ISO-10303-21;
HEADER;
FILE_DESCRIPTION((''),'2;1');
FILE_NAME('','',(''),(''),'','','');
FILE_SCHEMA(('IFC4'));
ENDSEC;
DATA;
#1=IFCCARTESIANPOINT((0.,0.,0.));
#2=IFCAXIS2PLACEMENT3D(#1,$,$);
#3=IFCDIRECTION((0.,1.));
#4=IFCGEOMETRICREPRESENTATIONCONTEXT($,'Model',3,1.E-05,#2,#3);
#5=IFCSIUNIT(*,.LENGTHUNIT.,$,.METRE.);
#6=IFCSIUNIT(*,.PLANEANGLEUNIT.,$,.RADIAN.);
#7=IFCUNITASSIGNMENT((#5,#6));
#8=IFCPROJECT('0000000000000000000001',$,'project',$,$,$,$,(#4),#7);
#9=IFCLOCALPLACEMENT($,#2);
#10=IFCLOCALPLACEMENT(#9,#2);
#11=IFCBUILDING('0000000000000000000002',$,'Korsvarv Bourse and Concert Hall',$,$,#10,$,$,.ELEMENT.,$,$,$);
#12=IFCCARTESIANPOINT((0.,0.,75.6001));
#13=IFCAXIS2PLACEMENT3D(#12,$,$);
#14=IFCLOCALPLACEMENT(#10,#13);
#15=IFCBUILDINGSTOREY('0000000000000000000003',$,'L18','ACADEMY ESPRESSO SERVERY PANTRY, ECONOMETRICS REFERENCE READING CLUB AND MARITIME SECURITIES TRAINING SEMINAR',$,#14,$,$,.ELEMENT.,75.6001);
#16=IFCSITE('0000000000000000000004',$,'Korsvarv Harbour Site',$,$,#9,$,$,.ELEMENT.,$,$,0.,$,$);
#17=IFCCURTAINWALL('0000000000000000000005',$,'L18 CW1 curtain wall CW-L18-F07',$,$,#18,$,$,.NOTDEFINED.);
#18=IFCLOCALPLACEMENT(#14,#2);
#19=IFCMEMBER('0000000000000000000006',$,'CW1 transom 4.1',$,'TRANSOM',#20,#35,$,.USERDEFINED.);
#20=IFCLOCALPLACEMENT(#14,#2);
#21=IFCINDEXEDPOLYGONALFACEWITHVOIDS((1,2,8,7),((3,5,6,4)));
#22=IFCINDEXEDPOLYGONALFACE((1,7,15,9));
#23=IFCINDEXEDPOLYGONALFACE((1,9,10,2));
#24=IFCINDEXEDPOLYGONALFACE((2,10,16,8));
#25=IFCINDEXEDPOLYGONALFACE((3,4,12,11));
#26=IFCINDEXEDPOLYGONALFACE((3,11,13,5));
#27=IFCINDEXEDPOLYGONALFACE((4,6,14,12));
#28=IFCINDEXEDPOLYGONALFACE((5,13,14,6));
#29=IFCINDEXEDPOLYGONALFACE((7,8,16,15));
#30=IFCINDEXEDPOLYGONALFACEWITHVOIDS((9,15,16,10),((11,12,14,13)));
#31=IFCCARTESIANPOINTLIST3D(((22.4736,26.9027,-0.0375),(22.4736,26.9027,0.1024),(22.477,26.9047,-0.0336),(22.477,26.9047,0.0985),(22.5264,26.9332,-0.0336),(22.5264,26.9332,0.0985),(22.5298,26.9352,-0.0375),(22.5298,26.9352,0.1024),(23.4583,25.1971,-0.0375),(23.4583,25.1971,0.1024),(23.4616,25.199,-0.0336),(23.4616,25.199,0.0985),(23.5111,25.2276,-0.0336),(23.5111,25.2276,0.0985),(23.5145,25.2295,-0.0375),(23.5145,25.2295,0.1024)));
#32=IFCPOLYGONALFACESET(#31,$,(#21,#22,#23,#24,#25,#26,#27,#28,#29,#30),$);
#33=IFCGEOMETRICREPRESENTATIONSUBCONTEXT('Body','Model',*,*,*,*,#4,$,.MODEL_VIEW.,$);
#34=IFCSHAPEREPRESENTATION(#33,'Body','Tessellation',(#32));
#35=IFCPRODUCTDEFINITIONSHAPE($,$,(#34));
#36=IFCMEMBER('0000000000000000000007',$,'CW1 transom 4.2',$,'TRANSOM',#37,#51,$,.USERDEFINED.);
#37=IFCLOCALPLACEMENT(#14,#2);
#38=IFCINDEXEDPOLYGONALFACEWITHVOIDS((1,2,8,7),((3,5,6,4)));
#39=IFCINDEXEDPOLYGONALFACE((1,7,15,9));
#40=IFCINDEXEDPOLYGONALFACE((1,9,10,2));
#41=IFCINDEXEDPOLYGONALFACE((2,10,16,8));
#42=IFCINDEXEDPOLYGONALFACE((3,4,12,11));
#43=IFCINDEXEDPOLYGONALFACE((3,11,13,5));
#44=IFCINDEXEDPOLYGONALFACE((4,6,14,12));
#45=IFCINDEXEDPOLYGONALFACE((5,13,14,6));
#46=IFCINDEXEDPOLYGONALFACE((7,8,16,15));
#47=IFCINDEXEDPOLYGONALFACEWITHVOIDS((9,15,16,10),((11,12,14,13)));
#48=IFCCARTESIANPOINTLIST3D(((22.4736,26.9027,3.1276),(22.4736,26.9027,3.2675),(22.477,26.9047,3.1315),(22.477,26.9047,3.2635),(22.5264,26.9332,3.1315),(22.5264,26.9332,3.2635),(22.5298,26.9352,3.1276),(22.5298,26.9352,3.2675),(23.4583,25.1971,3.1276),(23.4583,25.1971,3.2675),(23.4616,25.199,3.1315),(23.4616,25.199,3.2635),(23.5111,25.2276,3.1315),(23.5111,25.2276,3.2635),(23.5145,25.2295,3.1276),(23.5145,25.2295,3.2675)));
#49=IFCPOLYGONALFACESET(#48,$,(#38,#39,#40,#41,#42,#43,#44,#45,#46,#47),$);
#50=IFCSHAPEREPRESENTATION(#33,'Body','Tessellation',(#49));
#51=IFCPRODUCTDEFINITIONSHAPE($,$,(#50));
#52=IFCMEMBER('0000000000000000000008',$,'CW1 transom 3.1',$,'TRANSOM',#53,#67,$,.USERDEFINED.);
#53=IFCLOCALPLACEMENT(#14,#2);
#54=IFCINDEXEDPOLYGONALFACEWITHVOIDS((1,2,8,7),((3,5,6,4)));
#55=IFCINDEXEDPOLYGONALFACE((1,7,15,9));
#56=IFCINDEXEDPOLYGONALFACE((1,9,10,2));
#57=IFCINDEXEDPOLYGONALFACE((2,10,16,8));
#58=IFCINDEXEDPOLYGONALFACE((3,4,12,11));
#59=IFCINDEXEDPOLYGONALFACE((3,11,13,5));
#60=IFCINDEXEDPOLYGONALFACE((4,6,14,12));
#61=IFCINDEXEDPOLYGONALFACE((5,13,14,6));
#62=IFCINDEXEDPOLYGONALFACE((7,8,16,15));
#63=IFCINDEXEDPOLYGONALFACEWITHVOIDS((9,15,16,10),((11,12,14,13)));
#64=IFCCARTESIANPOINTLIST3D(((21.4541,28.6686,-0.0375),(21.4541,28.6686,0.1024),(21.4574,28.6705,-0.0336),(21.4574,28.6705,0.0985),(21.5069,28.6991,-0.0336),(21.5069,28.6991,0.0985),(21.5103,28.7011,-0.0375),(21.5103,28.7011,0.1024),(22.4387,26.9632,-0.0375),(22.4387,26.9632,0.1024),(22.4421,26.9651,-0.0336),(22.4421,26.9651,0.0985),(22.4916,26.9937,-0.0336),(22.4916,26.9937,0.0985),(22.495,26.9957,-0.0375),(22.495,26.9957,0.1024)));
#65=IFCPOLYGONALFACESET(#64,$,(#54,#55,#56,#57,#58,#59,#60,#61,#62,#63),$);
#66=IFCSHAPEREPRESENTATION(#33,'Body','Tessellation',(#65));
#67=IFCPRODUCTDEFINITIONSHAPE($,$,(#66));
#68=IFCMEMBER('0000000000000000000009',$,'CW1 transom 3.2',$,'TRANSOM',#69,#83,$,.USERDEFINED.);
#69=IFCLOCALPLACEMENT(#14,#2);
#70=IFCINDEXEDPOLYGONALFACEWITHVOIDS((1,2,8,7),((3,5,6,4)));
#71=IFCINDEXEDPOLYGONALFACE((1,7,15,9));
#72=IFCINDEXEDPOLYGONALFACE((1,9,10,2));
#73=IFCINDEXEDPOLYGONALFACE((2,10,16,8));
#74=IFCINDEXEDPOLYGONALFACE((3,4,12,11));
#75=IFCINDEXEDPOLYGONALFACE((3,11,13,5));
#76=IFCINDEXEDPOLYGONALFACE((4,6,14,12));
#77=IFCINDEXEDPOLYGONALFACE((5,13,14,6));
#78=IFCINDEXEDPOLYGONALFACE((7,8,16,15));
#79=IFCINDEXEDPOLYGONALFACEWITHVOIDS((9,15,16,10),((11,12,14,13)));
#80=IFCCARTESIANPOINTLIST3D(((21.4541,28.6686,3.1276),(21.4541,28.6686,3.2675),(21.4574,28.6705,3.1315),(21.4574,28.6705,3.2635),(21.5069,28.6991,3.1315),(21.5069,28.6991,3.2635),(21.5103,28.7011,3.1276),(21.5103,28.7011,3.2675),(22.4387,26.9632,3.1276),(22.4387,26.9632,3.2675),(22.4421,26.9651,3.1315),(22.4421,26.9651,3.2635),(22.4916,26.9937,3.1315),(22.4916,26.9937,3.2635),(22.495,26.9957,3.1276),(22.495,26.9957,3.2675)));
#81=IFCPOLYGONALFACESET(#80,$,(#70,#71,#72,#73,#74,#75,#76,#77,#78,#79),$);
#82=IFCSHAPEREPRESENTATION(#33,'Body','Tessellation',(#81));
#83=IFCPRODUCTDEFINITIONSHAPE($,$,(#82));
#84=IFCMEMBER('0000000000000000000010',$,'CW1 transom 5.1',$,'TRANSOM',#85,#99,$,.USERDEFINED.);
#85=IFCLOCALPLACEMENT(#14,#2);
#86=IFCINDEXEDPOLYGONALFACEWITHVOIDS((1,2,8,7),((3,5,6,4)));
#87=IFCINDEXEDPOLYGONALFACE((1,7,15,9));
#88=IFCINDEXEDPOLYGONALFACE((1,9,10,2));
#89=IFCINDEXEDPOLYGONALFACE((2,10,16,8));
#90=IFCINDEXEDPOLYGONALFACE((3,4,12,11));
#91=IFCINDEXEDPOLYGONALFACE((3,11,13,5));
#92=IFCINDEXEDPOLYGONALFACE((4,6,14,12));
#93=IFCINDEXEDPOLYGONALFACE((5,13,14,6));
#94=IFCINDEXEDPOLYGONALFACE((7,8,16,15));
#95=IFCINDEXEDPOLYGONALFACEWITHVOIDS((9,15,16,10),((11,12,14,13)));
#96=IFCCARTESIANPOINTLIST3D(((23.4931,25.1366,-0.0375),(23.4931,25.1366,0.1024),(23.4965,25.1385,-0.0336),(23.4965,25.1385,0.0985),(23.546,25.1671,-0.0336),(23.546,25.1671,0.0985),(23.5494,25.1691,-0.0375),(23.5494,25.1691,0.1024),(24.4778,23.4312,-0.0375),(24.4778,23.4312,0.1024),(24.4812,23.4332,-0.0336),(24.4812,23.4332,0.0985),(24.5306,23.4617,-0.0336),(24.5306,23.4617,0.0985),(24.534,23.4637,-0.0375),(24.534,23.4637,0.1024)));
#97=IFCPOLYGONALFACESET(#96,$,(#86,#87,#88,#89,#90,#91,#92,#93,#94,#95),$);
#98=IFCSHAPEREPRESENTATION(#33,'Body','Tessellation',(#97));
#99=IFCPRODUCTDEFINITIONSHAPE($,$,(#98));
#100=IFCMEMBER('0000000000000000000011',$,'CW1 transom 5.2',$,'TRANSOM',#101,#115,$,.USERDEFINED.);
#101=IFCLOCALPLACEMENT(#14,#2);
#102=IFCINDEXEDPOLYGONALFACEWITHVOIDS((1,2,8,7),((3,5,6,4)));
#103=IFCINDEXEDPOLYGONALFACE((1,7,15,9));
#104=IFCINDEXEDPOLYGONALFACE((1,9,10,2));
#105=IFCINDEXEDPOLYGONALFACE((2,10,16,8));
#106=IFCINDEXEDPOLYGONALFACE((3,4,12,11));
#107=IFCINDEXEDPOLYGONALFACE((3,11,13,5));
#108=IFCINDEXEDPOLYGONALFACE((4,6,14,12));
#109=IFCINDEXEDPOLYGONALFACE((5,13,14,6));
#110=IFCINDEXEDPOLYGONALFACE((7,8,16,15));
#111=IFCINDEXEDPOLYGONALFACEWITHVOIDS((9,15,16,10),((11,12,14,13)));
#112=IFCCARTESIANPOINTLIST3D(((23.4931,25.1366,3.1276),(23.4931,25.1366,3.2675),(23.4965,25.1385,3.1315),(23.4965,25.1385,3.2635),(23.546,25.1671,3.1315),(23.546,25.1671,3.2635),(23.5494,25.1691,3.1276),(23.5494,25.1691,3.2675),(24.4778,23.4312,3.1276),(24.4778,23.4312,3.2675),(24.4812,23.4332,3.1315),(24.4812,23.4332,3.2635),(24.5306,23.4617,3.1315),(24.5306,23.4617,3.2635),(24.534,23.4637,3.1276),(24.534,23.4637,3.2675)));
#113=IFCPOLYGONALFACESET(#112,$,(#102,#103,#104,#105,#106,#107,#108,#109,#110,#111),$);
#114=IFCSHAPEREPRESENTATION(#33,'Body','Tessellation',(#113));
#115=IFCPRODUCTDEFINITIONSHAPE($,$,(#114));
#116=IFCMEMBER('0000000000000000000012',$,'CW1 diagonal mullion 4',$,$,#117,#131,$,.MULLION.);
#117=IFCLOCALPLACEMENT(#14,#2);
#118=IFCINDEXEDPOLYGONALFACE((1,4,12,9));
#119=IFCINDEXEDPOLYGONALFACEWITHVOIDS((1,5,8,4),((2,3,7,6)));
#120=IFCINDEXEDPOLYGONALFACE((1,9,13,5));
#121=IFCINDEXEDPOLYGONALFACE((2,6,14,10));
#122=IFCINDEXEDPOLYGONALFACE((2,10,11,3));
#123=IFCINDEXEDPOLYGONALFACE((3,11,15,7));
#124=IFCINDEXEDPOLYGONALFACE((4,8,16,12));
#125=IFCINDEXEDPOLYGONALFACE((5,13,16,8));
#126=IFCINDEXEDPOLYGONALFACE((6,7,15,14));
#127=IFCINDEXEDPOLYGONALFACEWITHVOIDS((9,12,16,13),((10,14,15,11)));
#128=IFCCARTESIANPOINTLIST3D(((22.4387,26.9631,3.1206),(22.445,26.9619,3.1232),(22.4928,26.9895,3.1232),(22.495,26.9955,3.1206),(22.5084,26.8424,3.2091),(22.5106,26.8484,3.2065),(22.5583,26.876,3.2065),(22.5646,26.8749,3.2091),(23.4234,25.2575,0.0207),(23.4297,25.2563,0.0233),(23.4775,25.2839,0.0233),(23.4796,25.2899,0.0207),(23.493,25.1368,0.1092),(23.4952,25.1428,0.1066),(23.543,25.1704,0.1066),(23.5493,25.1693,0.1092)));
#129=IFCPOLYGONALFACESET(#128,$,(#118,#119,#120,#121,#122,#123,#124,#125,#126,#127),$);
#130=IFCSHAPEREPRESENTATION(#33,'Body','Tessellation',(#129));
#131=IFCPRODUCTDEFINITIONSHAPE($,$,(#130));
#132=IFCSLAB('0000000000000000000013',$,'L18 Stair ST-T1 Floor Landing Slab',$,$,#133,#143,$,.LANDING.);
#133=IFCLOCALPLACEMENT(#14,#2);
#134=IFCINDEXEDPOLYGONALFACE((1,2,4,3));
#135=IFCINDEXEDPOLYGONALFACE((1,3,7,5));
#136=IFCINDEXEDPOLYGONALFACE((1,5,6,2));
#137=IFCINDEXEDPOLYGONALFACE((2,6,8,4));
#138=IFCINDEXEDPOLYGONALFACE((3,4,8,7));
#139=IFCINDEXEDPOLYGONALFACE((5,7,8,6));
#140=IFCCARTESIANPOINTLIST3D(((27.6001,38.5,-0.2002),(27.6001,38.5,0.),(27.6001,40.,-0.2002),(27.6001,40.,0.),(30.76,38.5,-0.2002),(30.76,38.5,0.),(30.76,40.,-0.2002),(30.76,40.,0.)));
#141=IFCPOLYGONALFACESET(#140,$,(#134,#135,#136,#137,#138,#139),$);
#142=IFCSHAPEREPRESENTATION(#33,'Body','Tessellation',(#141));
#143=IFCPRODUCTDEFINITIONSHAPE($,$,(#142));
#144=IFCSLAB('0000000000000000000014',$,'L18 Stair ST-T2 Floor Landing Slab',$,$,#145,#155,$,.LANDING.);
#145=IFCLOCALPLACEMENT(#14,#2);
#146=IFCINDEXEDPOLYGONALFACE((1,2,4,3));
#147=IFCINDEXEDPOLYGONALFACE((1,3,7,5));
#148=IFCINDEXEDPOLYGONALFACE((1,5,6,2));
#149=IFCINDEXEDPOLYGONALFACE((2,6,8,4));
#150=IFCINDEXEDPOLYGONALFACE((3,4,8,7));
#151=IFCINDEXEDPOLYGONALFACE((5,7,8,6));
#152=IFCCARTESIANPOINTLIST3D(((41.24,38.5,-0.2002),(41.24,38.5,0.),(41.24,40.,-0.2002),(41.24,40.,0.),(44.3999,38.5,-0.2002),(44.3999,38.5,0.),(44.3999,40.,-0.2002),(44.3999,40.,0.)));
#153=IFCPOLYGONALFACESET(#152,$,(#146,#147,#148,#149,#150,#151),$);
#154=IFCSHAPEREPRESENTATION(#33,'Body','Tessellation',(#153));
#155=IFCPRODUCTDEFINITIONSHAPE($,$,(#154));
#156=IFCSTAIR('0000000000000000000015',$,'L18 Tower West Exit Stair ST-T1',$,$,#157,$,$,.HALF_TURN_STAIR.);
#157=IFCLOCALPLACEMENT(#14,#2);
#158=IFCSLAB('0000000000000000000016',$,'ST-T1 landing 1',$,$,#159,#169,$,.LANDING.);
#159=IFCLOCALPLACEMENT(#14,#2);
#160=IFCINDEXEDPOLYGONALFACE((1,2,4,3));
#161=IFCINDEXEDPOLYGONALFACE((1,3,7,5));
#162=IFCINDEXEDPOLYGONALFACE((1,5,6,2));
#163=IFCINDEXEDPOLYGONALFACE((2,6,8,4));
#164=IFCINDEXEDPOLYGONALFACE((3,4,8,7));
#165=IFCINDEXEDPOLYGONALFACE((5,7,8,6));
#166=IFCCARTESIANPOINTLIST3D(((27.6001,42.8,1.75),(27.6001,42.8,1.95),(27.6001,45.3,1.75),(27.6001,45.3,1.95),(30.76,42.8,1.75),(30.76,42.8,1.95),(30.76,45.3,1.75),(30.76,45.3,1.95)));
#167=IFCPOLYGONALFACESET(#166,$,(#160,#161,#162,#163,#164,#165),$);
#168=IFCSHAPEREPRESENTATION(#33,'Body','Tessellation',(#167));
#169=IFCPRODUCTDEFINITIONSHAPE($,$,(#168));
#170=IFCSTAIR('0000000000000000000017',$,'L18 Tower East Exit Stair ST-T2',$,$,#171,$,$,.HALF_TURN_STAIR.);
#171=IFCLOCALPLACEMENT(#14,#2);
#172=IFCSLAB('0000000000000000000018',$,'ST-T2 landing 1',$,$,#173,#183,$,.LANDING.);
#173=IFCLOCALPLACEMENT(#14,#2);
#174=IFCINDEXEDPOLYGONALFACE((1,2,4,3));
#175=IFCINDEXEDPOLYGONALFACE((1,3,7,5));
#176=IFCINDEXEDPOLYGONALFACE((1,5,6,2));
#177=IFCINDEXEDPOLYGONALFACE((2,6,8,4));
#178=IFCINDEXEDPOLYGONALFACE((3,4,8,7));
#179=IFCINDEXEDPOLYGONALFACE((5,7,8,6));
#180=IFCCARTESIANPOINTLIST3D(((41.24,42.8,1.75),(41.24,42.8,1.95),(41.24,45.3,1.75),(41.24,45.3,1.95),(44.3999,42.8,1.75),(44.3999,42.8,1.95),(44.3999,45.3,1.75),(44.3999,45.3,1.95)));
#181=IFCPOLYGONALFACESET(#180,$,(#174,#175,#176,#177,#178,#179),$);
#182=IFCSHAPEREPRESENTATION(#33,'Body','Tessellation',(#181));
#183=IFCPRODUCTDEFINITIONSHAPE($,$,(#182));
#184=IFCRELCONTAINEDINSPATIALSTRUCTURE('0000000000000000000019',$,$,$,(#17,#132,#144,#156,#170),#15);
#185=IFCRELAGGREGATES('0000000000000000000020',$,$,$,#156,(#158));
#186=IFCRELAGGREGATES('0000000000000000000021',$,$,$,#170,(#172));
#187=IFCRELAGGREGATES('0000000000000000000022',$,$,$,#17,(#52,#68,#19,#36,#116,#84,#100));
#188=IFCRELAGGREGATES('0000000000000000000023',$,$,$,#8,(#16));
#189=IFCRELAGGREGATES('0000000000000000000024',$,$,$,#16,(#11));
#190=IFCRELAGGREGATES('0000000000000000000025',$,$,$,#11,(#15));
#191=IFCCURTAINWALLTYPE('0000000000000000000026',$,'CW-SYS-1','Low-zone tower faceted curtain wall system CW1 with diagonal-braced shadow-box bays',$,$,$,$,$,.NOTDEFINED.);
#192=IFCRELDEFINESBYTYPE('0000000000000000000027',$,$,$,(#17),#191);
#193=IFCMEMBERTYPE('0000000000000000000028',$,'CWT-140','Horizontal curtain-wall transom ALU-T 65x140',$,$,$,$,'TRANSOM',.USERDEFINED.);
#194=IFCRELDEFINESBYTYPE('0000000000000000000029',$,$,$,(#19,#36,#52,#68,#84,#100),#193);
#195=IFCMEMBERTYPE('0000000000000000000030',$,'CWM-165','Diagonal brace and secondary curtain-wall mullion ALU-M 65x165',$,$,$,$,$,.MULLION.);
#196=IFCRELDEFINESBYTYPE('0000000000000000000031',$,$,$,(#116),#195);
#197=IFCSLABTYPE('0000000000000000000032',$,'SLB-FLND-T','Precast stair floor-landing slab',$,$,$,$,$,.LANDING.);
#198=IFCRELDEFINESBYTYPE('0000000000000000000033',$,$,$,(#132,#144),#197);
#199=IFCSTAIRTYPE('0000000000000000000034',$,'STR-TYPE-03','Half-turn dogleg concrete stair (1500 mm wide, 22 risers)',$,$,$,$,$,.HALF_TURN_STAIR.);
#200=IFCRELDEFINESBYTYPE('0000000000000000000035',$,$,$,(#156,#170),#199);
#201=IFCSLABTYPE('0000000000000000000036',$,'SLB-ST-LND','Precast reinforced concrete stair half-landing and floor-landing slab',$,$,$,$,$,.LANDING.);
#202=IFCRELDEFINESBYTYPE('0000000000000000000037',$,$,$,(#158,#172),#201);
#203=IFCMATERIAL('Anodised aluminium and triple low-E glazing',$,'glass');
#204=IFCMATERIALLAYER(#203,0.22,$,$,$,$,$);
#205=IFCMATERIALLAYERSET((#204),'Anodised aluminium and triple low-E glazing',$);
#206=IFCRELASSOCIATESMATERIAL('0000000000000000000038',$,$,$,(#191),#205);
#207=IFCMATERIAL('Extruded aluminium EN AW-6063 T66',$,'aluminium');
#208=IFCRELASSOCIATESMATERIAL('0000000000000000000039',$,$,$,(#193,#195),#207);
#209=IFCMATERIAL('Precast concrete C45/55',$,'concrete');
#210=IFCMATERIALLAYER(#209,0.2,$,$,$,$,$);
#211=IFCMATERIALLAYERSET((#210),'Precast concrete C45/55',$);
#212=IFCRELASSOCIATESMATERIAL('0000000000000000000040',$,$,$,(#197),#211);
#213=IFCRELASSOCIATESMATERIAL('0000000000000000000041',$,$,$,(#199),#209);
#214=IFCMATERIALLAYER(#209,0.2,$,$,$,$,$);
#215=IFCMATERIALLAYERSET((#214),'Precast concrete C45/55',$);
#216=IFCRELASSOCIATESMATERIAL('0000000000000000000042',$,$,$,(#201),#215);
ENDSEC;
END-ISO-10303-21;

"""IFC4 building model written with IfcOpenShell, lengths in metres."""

from ifc_helpers import new_model, si_unit, direction, frame, origin, origin_2d, place, context, subcontext, project, spatial, polyline, hollow_rectangle, outline, extrude, source, transform, mapped, material, layer, layer_set, material_profile, profile_set, type_object, element, aggregate, save


model = new_model("IFC4")

# Units and contexts
model_context = context("Model", 3, precision=1e-05, world=origin(), true_north=direction((0.0, 1.0)))
body_context = subcontext(model_context, "Body", "Model", "MODEL_VIEW")
ifc_project = project(units=[si_unit("LENGTHUNIT", "METRE"), si_unit("PLANEANGLEUNIT", "RADIAN")], contexts=[model_context])

# Site, building, storey
site_placement = place(None, origin())
site = spatial("IfcSite", under=ifc_project, at=site_placement, Name="Korsvarv Harbour Site", CompositionType="ELEMENT", RefElevation=0.0)
building_placement = place(site_placement, origin())
building = spatial("IfcBuilding", under=site, at=building_placement, Name="Korsvarv Bourse and Concert Hall", CompositionType="ELEMENT")
storey_placement = place(building_placement, frame((0.0, 0.0, 75.6001)))
storey = spatial("IfcBuildingStorey", under=building, at=storey_placement, Name="L18", Description="ACADEMY ESPRESSO SERVERY PANTRY, ECONOMETRICS REFERENCE READING CLUB AND MARITIME SECURITIES TRAINING SEMINAR", CompositionType="ELEMENT", Elevation=75.6001)

# Curtain wall, members
ifc_material_1 = material(Name="Anodised aluminium and triple low-E glazing", Category="glass")
ifc_layer_1 = layer(ifc_material_1, 0.22)
ifc_layer_set_1 = layer_set([ifc_layer_1], Name="Anodised aluminium and triple low-E glazing")
curtain_wall_type = type_object("IfcCurtainWallType", Name="CW-SYS-1", Description="Low-zone tower faceted curtain wall system CW1 with diagonal-braced shadow-box bays", PredefinedType="NOTDEFINED", material=ifc_layer_set_1)
curtain_wall_placement = place(storey_placement, origin())
curtain_wall = element("IfcCurtainWall", 1, at=curtain_wall_placement, inside=storey, type_object=curtain_wall_type, Name="L18 CW1 curtain wall CW-L18-F07", PredefinedType="NOTDEFINED")
ifc_material_2 = material(Name="Extruded aluminium EN AW-6063 T66", Category="aluminium")
ifc_material_profile_1 = material_profile(ifc_material_2, hollow_rectangle(XDim=0.0649, YDim=0.1399, WallThickness=0.0039, at=origin_2d()), Name="ALU-T 65x140")
ifc_profile_set_1 = profile_set([ifc_material_profile_1], Name="Extruded aluminium EN AW-6063 T66")
member_type_1 = type_object("IfcMemberType", Name="CWT-140", Description="Horizontal curtain-wall transom ALU-T 65x140", ElementType="TRANSOM", PredefinedType="USERDEFINED", material=ifc_profile_set_1)
ifc_material_profile_2 = material_profile(ifc_material_2, hollow_rectangle(XDim=0.0649, YDim=0.165, WallThickness=0.0049, at=origin_2d()), Name="ALU-M 65x165")
ifc_profile_set_2 = profile_set([ifc_material_profile_2], Name="Extruded aluminium EN AW-6063 T66")
member_type_2 = type_object("IfcMemberType", Name="CWM-165", Description="Diagonal brace and secondary curtain-wall mullion ALU-M 65x165", PredefinedType="MULLION", material=ifc_profile_set_2)
shared_shape_1 = source(origin(), body_context, "Body", "SweptSolid", [
    extrude(hollow_rectangle(XDim=0.0649, YDim=0.1399, WallThickness=0.0039, at=origin_2d()), origin(), (0.0, 0.0, 1.0), 1.9695),
])
member_1_placement = place(storey_placement, frame((22.5017, 26.9189, 0.0325), z_axis=(0.499966, -0.866045, 0.0), x_axis=(0.866045, 0.499966, 0.0)))
member_1 = element("IfcMember", 2, at=member_1_placement, type_object=member_type_1, Name="CW1 transom 4.1", ObjectType="TRANSOM", PredefinedType="USERDEFINED", context=body_context, shape_type="MappedRepresentation", body=[
    mapped(shared_shape_1, transform((0.0, 0.0, 0.0), scale=1.0)),
])
member_2_placement = place(storey_placement, frame((22.5017, 26.9189, 3.1975), z_axis=(0.499966, -0.866045, 0.0), x_axis=(0.866045, 0.499966, 0.0)))
member_2 = element("IfcMember", 3, at=member_2_placement, type_object=member_type_1, Name="CW1 transom 4.2", ObjectType="TRANSOM", PredefinedType="USERDEFINED", context=body_context, shape_type="MappedRepresentation", body=[
    mapped(shared_shape_1, transform((0.0, 0.0, 0.0), scale=1.0)),
])
shared_shape_2 = source(origin(), body_context, "Body", "SweptSolid", [
    extrude(hollow_rectangle(XDim=0.0649, YDim=0.1399, WallThickness=0.0039, at=origin_2d()), origin(), (0.0, 0.0, 1.0), 1.9692),
])
member_3_placement = place(storey_placement, frame((21.4822, 28.6848, 0.0325), z_axis=(0.500019, -0.866014, 0.0), x_axis=(0.866014, 0.500019, 0.0)))
member_3 = element("IfcMember", 4, at=member_3_placement, type_object=member_type_1, Name="CW1 transom 3.1", ObjectType="TRANSOM", PredefinedType="USERDEFINED", context=body_context, shape_type="MappedRepresentation", body=[
    mapped(shared_shape_2, transform((0.0, 0.0, 0.0), scale=1.0)),
])
member_4_placement = place(storey_placement, frame((21.4822, 28.6848, 3.1975), z_axis=(0.500019, -0.866014, 0.0), x_axis=(0.866014, 0.500019, 0.0)))
member_4 = element("IfcMember", 5, at=member_4_placement, type_object=member_type_1, Name="CW1 transom 3.2", ObjectType="TRANSOM", PredefinedType="USERDEFINED", context=body_context, shape_type="MappedRepresentation", body=[
    mapped(shared_shape_2, transform((0.0, 0.0, 0.0), scale=1.0)),
])
member_5_placement = place(storey_placement, frame((23.5212, 25.1528, 0.0325), z_axis=(0.500019, -0.866014, 0.0), x_axis=(0.866014, 0.500019, 0.0)))
member_5 = element("IfcMember", 6, at=member_5_placement, type_object=member_type_1, Name="CW1 transom 5.1", ObjectType="TRANSOM", PredefinedType="USERDEFINED", context=body_context, shape_type="MappedRepresentation", body=[
    mapped(shared_shape_2, transform((0.0, 0.0, 0.0), scale=1.0)),
])
member_6_placement = place(storey_placement, frame((23.5212, 25.1528, 3.1975), z_axis=(0.500019, -0.866014, 0.0), x_axis=(0.866014, 0.500019, 0.0)))
member_6 = element("IfcMember", 7, at=member_6_placement, type_object=member_type_1, Name="CW1 transom 5.2", ObjectType="TRANSOM", PredefinedType="USERDEFINED", context=body_context, shape_type="MappedRepresentation", body=[
    mapped(shared_shape_2, transform((0.0, 0.0, 0.0), scale=1.0)),
])
shared_shape_3 = source(origin(), body_context, "Body", "SweptSolid", [
    extrude(hollow_rectangle(XDim=0.0649, YDim=0.165, WallThickness=0.0049, at=origin_2d()), origin(), (0.0, 0.0, 1.0), 3.6726),
])
member_7_placement = place(storey_placement, frame((23.4863, 25.2134, 0.0649), z_axis=(-0.268103, 0.464411, 0.844063), x_axis=(-0.866045, -0.499966, 0.0)))
member_7 = element("IfcMember", 8, at=member_7_placement, type_object=member_type_2, Name="CW1 diagonal mullion 4", PredefinedType="MULLION", context=body_context, shape_type="MappedRepresentation", body=[
    mapped(shared_shape_3, transform((0.0, 0.0, 0.0), scale=1.0)),
])

# Slabs
ifc_material_3 = material(Name="Precast concrete C45/55", Category="concrete")
ifc_layer_2 = layer(ifc_material_3, 0.2)
ifc_layer_set_2 = layer_set([ifc_layer_2], Name="Precast concrete C45/55")
slab_type_1 = type_object("IfcSlabType", Name="SLB-FLND-T", Description="Precast stair floor-landing slab", PredefinedType="LANDING", material=ifc_layer_set_2)
slab_1_placement = place(storey_placement, frame((0.0, 0.0, -0.2002)))
element("IfcSlab", 9, at=slab_1_placement, inside=storey, type_object=slab_type_1, Name="L18 Stair ST-T1 Floor Landing Slab", PredefinedType="LANDING", context=body_context, shape_type="SweptSolid", body=[
    extrude(outline(polyline([(30.76, 38.5), (30.76, 40.0), (27.6001, 40.0), (27.6001, 38.5), (30.76, 38.5)])), origin(), (0.0, 0.0, 1.0), 0.2002),
])
slab_2_placement = place(storey_placement, frame((0.0, 0.0, -0.2002)))
element("IfcSlab", 10, at=slab_2_placement, inside=storey, type_object=slab_type_1, Name="L18 Stair ST-T2 Floor Landing Slab", PredefinedType="LANDING", context=body_context, shape_type="SweptSolid", body=[
    extrude(outline(polyline([(44.3999, 38.5), (44.3999, 40.0), (41.24, 40.0), (41.24, 38.5), (44.3999, 38.5)])), origin(), (0.0, 0.0, 1.0), 0.2002),
])

# Stairs, slabs
stair_type = type_object("IfcStairType", Name="STR-TYPE-03", Description="Half-turn dogleg concrete stair (1500 mm wide, 22 risers)", PredefinedType="HALF_TURN_STAIR", material=ifc_material_3)
stair_1_placement = place(storey_placement, origin())
stair_1 = element("IfcStair", 11, at=stair_1_placement, inside=storey, type_object=stair_type, Name="L18 Tower West Exit Stair ST-T1", PredefinedType="HALF_TURN_STAIR")
ifc_layer_3 = layer(ifc_material_3, 0.2)
ifc_layer_set_3 = layer_set([ifc_layer_3], Name="Precast concrete C45/55")
slab_type_2 = type_object("IfcSlabType", Name="SLB-ST-LND", Description="Precast reinforced concrete stair half-landing and floor-landing slab", PredefinedType="LANDING", material=ifc_layer_set_3)
slab_3_placement = place(storey_placement, frame((0.0, 0.0, 1.75)))
slab_3 = element("IfcSlab", 12, at=slab_3_placement, type_object=slab_type_2, Name="ST-T1 landing 1", PredefinedType="LANDING", context=body_context, shape_type="SweptSolid", body=[
    extrude(outline(polyline([(30.76, 42.8), (30.76, 45.3), (27.6001, 45.3), (27.6001, 42.8), (30.76, 42.8)])), origin(), (0.0, 0.0, 1.0), 0.2),
])
aggregate(stair_1, [slab_3])
stair_2_placement = place(storey_placement, origin())
stair_2 = element("IfcStair", 13, at=stair_2_placement, inside=storey, type_object=stair_type, Name="L18 Tower East Exit Stair ST-T2", PredefinedType="HALF_TURN_STAIR")
slab_4_placement = place(storey_placement, frame((0.0, 0.0, 1.75)))
slab_4 = element("IfcSlab", 14, at=slab_4_placement, type_object=slab_type_2, Name="ST-T2 landing 1", PredefinedType="LANDING", context=body_context, shape_type="SweptSolid", body=[
    extrude(outline(polyline([(44.3999, 42.8), (44.3999, 45.3), (41.24, 45.3), (41.24, 42.8), (44.3999, 42.8)])), origin(), (0.0, 0.0, 1.0), 0.2),
])
aggregate(stair_2, [slab_4])

aggregate(curtain_wall, [member_3, member_4, member_1, member_2, member_7, member_5, member_6])

save(model, "model.ifc")
